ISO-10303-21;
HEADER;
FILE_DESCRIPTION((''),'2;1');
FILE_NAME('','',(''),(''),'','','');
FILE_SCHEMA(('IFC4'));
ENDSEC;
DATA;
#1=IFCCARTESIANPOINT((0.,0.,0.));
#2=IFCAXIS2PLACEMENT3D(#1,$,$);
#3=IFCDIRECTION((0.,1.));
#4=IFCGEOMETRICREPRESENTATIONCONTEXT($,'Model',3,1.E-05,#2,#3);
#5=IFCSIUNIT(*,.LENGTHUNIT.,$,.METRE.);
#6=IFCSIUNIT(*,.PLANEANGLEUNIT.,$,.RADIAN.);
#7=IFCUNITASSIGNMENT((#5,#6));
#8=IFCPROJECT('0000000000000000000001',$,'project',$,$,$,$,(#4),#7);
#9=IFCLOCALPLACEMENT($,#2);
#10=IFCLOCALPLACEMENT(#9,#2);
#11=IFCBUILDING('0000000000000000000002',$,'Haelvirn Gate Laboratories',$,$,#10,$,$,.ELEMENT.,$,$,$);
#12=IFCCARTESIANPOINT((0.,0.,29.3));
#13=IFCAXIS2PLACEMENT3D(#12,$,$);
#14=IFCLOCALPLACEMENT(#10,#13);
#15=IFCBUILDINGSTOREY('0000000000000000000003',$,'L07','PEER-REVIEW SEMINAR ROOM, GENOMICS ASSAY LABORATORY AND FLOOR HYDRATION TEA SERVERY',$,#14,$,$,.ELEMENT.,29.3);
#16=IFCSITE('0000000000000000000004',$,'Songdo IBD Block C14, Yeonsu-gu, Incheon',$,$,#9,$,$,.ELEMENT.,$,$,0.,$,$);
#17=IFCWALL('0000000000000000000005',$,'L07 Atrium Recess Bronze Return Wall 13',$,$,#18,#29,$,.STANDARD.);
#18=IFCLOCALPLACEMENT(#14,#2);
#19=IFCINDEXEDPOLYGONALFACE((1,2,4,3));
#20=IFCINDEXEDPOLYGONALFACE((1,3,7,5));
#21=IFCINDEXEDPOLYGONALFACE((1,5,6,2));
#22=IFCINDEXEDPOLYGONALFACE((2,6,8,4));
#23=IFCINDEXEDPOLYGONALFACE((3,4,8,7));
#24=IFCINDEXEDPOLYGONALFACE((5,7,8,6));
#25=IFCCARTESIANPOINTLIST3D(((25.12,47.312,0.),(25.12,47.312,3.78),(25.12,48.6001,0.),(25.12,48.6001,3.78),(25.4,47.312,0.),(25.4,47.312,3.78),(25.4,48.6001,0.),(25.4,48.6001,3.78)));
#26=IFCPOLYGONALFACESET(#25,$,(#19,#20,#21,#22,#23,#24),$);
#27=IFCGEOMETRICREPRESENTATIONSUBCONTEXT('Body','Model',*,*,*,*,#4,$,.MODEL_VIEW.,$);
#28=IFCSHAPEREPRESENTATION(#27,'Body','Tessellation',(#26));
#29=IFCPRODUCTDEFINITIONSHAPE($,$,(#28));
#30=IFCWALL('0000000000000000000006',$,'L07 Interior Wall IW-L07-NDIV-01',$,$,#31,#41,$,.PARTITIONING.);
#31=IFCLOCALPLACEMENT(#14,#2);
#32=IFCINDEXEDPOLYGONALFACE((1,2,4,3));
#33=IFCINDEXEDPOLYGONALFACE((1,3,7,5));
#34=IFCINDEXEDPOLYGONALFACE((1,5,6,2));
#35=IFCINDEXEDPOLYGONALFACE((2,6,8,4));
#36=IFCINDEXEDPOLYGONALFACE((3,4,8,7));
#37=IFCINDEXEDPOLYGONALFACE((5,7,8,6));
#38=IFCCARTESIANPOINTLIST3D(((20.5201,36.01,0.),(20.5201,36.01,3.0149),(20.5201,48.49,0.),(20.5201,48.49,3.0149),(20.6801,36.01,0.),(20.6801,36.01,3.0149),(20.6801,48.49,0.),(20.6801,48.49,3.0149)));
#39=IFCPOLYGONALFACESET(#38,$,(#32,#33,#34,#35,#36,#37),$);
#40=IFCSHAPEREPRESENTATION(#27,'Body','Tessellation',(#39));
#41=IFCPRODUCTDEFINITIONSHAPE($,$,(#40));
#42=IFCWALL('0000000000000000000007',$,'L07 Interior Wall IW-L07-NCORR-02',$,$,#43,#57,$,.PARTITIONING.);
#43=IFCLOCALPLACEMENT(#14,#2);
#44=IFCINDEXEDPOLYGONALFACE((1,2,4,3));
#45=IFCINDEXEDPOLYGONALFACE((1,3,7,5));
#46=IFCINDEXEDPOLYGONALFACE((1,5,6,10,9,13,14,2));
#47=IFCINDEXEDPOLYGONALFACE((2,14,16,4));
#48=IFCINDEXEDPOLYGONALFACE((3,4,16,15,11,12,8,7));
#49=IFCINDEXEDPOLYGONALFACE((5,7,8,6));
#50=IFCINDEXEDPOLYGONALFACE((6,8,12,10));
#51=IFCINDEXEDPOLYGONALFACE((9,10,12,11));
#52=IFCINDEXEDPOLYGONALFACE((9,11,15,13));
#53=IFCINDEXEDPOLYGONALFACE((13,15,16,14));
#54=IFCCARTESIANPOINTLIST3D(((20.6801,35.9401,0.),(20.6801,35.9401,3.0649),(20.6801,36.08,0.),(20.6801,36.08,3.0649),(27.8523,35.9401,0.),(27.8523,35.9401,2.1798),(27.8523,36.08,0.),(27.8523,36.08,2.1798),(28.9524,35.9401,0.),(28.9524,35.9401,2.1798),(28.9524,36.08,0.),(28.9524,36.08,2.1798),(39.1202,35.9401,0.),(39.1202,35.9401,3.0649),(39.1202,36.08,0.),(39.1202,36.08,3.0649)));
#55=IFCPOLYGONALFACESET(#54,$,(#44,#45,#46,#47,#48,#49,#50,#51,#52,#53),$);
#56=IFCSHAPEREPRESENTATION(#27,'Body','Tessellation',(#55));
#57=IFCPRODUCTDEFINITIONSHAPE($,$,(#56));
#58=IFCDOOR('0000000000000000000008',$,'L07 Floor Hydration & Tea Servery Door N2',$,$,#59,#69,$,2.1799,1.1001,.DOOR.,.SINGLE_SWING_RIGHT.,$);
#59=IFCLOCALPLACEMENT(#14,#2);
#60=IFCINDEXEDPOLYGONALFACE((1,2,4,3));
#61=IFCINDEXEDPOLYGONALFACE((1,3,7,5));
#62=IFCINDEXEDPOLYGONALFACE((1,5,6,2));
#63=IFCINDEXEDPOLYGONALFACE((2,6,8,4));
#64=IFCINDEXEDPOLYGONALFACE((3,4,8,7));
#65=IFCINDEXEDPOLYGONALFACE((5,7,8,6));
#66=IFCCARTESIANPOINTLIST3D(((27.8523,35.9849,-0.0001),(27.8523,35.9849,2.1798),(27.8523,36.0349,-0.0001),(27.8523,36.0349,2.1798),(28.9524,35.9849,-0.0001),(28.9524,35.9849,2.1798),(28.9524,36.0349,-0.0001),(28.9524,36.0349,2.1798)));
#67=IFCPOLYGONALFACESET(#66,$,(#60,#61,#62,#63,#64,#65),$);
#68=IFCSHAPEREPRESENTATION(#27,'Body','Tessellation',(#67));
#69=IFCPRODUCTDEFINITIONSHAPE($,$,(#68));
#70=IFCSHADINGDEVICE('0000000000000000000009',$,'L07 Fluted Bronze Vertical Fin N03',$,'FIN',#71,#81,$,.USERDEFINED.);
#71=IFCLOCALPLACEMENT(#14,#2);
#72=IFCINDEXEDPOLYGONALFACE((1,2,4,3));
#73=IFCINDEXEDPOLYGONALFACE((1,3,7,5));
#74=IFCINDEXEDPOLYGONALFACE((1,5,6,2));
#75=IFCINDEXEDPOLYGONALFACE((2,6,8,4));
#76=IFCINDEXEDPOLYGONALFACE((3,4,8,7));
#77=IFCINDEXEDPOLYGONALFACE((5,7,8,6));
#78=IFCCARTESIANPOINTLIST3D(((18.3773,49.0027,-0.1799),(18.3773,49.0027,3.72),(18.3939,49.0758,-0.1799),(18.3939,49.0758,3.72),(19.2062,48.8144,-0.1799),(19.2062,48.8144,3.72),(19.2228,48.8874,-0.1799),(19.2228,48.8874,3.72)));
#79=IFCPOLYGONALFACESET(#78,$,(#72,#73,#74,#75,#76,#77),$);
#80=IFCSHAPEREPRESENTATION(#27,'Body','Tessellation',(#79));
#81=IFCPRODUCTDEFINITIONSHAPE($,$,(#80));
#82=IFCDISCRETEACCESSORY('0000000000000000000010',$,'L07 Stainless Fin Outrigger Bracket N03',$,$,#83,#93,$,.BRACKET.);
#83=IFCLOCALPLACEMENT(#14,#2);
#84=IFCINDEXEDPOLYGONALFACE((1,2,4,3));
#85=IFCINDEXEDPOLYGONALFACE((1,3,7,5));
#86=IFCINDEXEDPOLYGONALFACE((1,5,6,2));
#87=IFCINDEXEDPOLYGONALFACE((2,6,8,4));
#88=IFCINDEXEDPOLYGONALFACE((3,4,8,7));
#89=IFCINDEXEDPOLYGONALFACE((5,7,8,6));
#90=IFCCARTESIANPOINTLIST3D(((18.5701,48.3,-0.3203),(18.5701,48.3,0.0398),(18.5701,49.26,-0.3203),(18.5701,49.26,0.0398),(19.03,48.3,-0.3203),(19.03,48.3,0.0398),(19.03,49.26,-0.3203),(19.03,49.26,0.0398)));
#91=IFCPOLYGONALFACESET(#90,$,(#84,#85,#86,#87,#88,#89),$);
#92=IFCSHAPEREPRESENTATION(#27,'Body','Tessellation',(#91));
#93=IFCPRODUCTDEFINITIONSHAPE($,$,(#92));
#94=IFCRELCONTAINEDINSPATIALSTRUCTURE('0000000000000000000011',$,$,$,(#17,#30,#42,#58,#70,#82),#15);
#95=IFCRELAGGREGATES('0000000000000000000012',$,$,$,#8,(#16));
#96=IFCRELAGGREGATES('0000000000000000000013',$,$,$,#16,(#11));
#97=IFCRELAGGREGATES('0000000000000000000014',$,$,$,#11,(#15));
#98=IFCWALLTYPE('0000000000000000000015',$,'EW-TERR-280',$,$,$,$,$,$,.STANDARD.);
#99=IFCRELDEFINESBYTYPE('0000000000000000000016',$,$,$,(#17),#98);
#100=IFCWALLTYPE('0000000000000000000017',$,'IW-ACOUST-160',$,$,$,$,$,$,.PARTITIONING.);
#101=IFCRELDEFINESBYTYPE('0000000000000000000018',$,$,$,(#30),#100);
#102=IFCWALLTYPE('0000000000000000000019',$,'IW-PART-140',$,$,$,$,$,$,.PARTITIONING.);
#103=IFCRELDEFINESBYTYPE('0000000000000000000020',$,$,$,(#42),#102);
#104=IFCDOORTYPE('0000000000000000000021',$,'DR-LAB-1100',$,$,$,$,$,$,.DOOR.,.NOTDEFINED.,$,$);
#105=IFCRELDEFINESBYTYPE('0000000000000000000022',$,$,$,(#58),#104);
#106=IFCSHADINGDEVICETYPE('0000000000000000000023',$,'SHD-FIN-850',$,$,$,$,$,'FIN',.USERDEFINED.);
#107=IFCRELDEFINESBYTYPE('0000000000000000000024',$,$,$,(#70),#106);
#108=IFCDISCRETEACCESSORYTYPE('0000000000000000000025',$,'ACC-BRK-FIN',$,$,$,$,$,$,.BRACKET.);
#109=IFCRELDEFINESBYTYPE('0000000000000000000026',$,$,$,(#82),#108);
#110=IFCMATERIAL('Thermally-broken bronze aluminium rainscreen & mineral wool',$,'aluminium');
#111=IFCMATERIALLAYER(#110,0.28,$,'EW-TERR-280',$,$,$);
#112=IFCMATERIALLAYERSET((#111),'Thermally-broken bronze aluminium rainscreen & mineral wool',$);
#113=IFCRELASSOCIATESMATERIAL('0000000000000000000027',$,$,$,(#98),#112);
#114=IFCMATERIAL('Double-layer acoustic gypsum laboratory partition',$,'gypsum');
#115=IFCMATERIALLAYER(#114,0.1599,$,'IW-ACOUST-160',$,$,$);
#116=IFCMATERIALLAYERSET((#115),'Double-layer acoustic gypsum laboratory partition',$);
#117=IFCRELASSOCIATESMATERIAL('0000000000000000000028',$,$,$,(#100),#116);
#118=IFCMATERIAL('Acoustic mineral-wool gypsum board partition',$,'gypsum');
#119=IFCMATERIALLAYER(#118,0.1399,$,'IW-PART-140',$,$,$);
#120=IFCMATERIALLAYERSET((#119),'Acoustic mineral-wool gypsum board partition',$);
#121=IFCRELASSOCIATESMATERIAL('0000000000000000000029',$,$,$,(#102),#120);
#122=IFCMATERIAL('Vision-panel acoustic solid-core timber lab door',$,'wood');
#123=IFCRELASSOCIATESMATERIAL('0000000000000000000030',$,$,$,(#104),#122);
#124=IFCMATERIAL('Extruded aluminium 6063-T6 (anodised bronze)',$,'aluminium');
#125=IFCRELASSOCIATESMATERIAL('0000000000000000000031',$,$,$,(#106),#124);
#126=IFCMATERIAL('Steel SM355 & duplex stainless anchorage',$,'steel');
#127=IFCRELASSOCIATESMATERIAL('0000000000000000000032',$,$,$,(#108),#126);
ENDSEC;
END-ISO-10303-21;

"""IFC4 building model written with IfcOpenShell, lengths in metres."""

from ifc_helpers import new_model, si_unit, direction, frame, frame_2d, origin, origin_2d, place, context, subcontext, project, spatial, rectangle, extrude, source, transform, mapped, material, layer, layer_set, material_profile, profile_set, type_object, type_shapes, element, fill, save


model = new_model("IFC4")

# Units and contexts
model_context = context("Model", 3, precision=1e-05, world=origin(), true_north=direction((0.0, 1.0)))
body_context = subcontext(model_context, "Body", "Model", "MODEL_VIEW")
ifc_project = project(units=[si_unit("LENGTHUNIT", "METRE"), si_unit("PLANEANGLEUNIT", "RADIAN")], contexts=[model_context])

# Site, building, storey
site_placement = place(None, origin())
site = spatial("IfcSite", under=ifc_project, at=site_placement, Name="Songdo IBD Block C14, Yeonsu-gu, Incheon", CompositionType="ELEMENT", RefElevation=0.0)
building_placement = place(site_placement, origin())
building = spatial("IfcBuilding", under=site, at=building_placement, Name="Haelvirn Gate Laboratories", CompositionType="ELEMENT")
storey_placement = place(building_placement, frame((0.0, 0.0, 29.3)))
storey = spatial("IfcBuildingStorey", under=building, at=storey_placement, Name="L07", Description="PEER-REVIEW SEMINAR ROOM, GENOMICS ASSAY LABORATORY AND FLOOR HYDRATION TEA SERVERY", CompositionType="ELEMENT", Elevation=29.3)

# Shared definitions
ifc_material_1 = material(Name="Extruded aluminium 6063-T6 (anodised bronze)", Category="aluminium")

# Walls
ifc_material_2 = material(Name="Thermally-broken bronze aluminium rainscreen & mineral wool", Category="aluminium")
ifc_layer_1 = layer(ifc_material_2, 0.28, Name="EW-TERR-280")
ifc_layer_set_1 = layer_set([ifc_layer_1], Name="Thermally-broken bronze aluminium rainscreen & mineral wool")
wall_type_1 = type_object("IfcWallType", Name="EW-TERR-280", PredefinedType="STANDARD", material=ifc_layer_set_1)
wall_1_placement = place(storey_placement, frame((25.26, 47.312, 0.0), z_axis=(0.0, 0.0, 1.0), x_axis=(0.0, 1.0, 0.0)))
element("IfcWall", 1, at=wall_1_placement, inside=storey, type_object=wall_type_1, Name="L07 Atrium Recess Bronze Return Wall 13", PredefinedType="STANDARD", context=body_context, shape_type="SweptSolid", body=[
    extrude(rectangle(XDim=1.2881, YDim=0.28, at=frame_2d((0.644, 0.0))), origin(), (0.0, 0.0, 1.0), 3.78),
])
ifc_material_3 = material(Name="Double-layer acoustic gypsum laboratory partition", Category="gypsum")
ifc_layer_2 = layer(ifc_material_3, 0.1599, Name="IW-ACOUST-160")
ifc_layer_set_2 = layer_set([ifc_layer_2], Name="Double-layer acoustic gypsum laboratory partition")
wall_type_2 = type_object("IfcWallType", Name="IW-ACOUST-160", PredefinedType="PARTITIONING", material=ifc_layer_set_2)
wall_2_placement = place(storey_placement, frame((20.6001, 36.01, 0.0), z_axis=(0.0, 0.0, 1.0), x_axis=(0.0, 1.0, 0.0)))
element("IfcWall", 2, at=wall_2_placement, inside=storey, type_object=wall_type_2, Name="L07 Interior Wall IW-L07-NDIV-01", PredefinedType="PARTITIONING", context=body_context, shape_type="SweptSolid", body=[
    extrude(rectangle(XDim=12.48, YDim=0.1599, at=frame_2d((6.24, 0.0))), origin(), (0.0, 0.0, 1.0), 3.0149),
])

# Wall, opening, door
ifc_material_4 = material(Name="Acoustic mineral-wool gypsum board partition", Category="gypsum")
ifc_layer_3 = layer(ifc_material_4, 0.1399, Name="IW-PART-140")
ifc_layer_set_3 = layer_set([ifc_layer_3], Name="Acoustic mineral-wool gypsum board partition")
wall_type_3 = type_object("IfcWallType", Name="IW-PART-140", PredefinedType="PARTITIONING", material=ifc_layer_set_3)
wall_3_placement = place(storey_placement, frame((20.6799, 36.01, 0.0), z_axis=(0.0, 0.0, 1.0), x_axis=(1.0, 0.0, 0.0)))
wall_3 = element("IfcWall", 3, at=wall_3_placement, inside=storey, type_object=wall_type_3, Name="L07 Interior Wall IW-L07-NCORR-02", PredefinedType="PARTITIONING", context=body_context, shape_type="SweptSolid", body=[
    extrude(rectangle(XDim=18.4402, YDim=0.1399, at=frame_2d((9.2202, 0.0))), origin(), (0.0, 0.0, 1.0), 3.0649),
])
opening_placement = place(wall_3_placement, frame((7.1724, 0.0, 0.0)))
opening = element("IfcOpeningElement", 4, at=opening_placement, cuts=wall_3, PredefinedType="OPENING", context=body_context, shape_type="SweptSolid", body=[
    extrude(rectangle(XDim=1.1001, YDim=2.1799, at=frame_2d((0.55, 1.0898))), frame((0.0, 0.0801, 0.0), z_axis=(0.0, -1.0, 0.0), x_axis=(1.0, 0.0, 0.0)), (0.0, 0.0, 1.0), 0.1599),
])
ifc_material_5 = material(Name="Vision-panel acoustic solid-core timber lab door", Category="wood")
door_type = type_object("IfcDoorType", Name="DR-LAB-1100", OperationType="NOTDEFINED", PredefinedType="DOOR", material=ifc_material_5)
shared_shape_1 = source(origin(), body_context, "Body", "SweptSolid", [
    extrude(rectangle(XDim=1.1001, YDim=2.1799, at=frame_2d((0.55, 1.0898))), frame((0.0, 0.0249, 0.0), z_axis=(0.0, -1.0, 0.0), x_axis=(1.0, 0.0, 0.0)), (0.0, 0.0, 1.0), 0.05),
])
type_shapes(door_type, [shared_shape_1])
door_placement = place(opening_placement, origin())
door = element("IfcDoor", 5, at=door_placement, inside=storey, type_object=door_type, Name="L07 Floor Hydration & Tea Servery Door N2", OperationType="SINGLE_SWING_RIGHT", OverallHeight=2.1799, OverallWidth=1.1001, PredefinedType="DOOR", context=body_context, shape_type="MappedRepresentation", body=[
    mapped(shared_shape_1, transform((0.0, 0.0, 0.0), scale=1.0)),
])
fill(opening, door)

# Shading device
ifc_material_profile_1 = material_profile(ifc_material_1, rectangle(XDim=0.075, YDim=0.8501, at=origin_2d()), Name="FIN-850x75")
ifc_profile_set_1 = profile_set([ifc_material_profile_1], Name="Extruded aluminium 6063-T6 (anodised bronze)")
shading_device_type = type_object("IfcShadingDeviceType", Name="SHD-FIN-850", ElementType="FIN", PredefinedType="USERDEFINED", material=ifc_profile_set_1)
shared_shape_2 = source(origin(), body_context, "Body", "SweptSolid", [
    extrude(rectangle(XDim=0.075, YDim=0.8501, at=origin_2d()), origin(), (0.0, 0.0, 1.0), 3.8999),
])
type_shapes(shading_device_type, [shared_shape_2])
shading_device_placement = place(storey_placement, frame((18.8, 48.9451, -0.1799), z_axis=(0.0, 0.0, 1.0), x_axis=(0.221548, 0.975149, 0.0)))
element("IfcShadingDevice", 6, at=shading_device_placement, inside=storey, type_object=shading_device_type, Name="L07 Fluted Bronze Vertical Fin N03", ObjectType="FIN", PredefinedType="USERDEFINED", context=body_context, shape_type="MappedRepresentation", body=[
    mapped(shared_shape_2, transform((0.0, 0.0, 0.0), scale=1.0)),
])

# Discrete accessory
ifc_material_6 = material(Name="Steel SM355 & duplex stainless anchorage", Category="steel")
discrete_accessory_type = type_object("IfcDiscreteAccessoryType", Name="ACC-BRK-FIN", PredefinedType="BRACKET", material=ifc_material_6)
shared_shape_3 = source(origin(), body_context, "Body", "SweptSolid", [
    extrude(rectangle(XDim=0.46, YDim=0.96, at=origin_2d()), origin(), (0.0, 0.0, 1.0), 0.3601),
])
type_shapes(discrete_accessory_type, [shared_shape_3])
discrete_accessory_placement = place(storey_placement, frame((18.8, 48.78, -0.3203), z_axis=(0.0, 0.0, 1.0), x_axis=(1.0, 0.0, 0.0)))
element("IfcDiscreteAccessory", 7, at=discrete_accessory_placement, inside=storey, type_object=discrete_accessory_type, Name="L07 Stainless Fin Outrigger Bracket N03", PredefinedType="BRACKET", context=body_context, shape_type="MappedRepresentation", body=[
    mapped(shared_shape_3, transform((0.0, 0.0, 0.0), scale=1.0)),
])

save(model, "model.ifc")
